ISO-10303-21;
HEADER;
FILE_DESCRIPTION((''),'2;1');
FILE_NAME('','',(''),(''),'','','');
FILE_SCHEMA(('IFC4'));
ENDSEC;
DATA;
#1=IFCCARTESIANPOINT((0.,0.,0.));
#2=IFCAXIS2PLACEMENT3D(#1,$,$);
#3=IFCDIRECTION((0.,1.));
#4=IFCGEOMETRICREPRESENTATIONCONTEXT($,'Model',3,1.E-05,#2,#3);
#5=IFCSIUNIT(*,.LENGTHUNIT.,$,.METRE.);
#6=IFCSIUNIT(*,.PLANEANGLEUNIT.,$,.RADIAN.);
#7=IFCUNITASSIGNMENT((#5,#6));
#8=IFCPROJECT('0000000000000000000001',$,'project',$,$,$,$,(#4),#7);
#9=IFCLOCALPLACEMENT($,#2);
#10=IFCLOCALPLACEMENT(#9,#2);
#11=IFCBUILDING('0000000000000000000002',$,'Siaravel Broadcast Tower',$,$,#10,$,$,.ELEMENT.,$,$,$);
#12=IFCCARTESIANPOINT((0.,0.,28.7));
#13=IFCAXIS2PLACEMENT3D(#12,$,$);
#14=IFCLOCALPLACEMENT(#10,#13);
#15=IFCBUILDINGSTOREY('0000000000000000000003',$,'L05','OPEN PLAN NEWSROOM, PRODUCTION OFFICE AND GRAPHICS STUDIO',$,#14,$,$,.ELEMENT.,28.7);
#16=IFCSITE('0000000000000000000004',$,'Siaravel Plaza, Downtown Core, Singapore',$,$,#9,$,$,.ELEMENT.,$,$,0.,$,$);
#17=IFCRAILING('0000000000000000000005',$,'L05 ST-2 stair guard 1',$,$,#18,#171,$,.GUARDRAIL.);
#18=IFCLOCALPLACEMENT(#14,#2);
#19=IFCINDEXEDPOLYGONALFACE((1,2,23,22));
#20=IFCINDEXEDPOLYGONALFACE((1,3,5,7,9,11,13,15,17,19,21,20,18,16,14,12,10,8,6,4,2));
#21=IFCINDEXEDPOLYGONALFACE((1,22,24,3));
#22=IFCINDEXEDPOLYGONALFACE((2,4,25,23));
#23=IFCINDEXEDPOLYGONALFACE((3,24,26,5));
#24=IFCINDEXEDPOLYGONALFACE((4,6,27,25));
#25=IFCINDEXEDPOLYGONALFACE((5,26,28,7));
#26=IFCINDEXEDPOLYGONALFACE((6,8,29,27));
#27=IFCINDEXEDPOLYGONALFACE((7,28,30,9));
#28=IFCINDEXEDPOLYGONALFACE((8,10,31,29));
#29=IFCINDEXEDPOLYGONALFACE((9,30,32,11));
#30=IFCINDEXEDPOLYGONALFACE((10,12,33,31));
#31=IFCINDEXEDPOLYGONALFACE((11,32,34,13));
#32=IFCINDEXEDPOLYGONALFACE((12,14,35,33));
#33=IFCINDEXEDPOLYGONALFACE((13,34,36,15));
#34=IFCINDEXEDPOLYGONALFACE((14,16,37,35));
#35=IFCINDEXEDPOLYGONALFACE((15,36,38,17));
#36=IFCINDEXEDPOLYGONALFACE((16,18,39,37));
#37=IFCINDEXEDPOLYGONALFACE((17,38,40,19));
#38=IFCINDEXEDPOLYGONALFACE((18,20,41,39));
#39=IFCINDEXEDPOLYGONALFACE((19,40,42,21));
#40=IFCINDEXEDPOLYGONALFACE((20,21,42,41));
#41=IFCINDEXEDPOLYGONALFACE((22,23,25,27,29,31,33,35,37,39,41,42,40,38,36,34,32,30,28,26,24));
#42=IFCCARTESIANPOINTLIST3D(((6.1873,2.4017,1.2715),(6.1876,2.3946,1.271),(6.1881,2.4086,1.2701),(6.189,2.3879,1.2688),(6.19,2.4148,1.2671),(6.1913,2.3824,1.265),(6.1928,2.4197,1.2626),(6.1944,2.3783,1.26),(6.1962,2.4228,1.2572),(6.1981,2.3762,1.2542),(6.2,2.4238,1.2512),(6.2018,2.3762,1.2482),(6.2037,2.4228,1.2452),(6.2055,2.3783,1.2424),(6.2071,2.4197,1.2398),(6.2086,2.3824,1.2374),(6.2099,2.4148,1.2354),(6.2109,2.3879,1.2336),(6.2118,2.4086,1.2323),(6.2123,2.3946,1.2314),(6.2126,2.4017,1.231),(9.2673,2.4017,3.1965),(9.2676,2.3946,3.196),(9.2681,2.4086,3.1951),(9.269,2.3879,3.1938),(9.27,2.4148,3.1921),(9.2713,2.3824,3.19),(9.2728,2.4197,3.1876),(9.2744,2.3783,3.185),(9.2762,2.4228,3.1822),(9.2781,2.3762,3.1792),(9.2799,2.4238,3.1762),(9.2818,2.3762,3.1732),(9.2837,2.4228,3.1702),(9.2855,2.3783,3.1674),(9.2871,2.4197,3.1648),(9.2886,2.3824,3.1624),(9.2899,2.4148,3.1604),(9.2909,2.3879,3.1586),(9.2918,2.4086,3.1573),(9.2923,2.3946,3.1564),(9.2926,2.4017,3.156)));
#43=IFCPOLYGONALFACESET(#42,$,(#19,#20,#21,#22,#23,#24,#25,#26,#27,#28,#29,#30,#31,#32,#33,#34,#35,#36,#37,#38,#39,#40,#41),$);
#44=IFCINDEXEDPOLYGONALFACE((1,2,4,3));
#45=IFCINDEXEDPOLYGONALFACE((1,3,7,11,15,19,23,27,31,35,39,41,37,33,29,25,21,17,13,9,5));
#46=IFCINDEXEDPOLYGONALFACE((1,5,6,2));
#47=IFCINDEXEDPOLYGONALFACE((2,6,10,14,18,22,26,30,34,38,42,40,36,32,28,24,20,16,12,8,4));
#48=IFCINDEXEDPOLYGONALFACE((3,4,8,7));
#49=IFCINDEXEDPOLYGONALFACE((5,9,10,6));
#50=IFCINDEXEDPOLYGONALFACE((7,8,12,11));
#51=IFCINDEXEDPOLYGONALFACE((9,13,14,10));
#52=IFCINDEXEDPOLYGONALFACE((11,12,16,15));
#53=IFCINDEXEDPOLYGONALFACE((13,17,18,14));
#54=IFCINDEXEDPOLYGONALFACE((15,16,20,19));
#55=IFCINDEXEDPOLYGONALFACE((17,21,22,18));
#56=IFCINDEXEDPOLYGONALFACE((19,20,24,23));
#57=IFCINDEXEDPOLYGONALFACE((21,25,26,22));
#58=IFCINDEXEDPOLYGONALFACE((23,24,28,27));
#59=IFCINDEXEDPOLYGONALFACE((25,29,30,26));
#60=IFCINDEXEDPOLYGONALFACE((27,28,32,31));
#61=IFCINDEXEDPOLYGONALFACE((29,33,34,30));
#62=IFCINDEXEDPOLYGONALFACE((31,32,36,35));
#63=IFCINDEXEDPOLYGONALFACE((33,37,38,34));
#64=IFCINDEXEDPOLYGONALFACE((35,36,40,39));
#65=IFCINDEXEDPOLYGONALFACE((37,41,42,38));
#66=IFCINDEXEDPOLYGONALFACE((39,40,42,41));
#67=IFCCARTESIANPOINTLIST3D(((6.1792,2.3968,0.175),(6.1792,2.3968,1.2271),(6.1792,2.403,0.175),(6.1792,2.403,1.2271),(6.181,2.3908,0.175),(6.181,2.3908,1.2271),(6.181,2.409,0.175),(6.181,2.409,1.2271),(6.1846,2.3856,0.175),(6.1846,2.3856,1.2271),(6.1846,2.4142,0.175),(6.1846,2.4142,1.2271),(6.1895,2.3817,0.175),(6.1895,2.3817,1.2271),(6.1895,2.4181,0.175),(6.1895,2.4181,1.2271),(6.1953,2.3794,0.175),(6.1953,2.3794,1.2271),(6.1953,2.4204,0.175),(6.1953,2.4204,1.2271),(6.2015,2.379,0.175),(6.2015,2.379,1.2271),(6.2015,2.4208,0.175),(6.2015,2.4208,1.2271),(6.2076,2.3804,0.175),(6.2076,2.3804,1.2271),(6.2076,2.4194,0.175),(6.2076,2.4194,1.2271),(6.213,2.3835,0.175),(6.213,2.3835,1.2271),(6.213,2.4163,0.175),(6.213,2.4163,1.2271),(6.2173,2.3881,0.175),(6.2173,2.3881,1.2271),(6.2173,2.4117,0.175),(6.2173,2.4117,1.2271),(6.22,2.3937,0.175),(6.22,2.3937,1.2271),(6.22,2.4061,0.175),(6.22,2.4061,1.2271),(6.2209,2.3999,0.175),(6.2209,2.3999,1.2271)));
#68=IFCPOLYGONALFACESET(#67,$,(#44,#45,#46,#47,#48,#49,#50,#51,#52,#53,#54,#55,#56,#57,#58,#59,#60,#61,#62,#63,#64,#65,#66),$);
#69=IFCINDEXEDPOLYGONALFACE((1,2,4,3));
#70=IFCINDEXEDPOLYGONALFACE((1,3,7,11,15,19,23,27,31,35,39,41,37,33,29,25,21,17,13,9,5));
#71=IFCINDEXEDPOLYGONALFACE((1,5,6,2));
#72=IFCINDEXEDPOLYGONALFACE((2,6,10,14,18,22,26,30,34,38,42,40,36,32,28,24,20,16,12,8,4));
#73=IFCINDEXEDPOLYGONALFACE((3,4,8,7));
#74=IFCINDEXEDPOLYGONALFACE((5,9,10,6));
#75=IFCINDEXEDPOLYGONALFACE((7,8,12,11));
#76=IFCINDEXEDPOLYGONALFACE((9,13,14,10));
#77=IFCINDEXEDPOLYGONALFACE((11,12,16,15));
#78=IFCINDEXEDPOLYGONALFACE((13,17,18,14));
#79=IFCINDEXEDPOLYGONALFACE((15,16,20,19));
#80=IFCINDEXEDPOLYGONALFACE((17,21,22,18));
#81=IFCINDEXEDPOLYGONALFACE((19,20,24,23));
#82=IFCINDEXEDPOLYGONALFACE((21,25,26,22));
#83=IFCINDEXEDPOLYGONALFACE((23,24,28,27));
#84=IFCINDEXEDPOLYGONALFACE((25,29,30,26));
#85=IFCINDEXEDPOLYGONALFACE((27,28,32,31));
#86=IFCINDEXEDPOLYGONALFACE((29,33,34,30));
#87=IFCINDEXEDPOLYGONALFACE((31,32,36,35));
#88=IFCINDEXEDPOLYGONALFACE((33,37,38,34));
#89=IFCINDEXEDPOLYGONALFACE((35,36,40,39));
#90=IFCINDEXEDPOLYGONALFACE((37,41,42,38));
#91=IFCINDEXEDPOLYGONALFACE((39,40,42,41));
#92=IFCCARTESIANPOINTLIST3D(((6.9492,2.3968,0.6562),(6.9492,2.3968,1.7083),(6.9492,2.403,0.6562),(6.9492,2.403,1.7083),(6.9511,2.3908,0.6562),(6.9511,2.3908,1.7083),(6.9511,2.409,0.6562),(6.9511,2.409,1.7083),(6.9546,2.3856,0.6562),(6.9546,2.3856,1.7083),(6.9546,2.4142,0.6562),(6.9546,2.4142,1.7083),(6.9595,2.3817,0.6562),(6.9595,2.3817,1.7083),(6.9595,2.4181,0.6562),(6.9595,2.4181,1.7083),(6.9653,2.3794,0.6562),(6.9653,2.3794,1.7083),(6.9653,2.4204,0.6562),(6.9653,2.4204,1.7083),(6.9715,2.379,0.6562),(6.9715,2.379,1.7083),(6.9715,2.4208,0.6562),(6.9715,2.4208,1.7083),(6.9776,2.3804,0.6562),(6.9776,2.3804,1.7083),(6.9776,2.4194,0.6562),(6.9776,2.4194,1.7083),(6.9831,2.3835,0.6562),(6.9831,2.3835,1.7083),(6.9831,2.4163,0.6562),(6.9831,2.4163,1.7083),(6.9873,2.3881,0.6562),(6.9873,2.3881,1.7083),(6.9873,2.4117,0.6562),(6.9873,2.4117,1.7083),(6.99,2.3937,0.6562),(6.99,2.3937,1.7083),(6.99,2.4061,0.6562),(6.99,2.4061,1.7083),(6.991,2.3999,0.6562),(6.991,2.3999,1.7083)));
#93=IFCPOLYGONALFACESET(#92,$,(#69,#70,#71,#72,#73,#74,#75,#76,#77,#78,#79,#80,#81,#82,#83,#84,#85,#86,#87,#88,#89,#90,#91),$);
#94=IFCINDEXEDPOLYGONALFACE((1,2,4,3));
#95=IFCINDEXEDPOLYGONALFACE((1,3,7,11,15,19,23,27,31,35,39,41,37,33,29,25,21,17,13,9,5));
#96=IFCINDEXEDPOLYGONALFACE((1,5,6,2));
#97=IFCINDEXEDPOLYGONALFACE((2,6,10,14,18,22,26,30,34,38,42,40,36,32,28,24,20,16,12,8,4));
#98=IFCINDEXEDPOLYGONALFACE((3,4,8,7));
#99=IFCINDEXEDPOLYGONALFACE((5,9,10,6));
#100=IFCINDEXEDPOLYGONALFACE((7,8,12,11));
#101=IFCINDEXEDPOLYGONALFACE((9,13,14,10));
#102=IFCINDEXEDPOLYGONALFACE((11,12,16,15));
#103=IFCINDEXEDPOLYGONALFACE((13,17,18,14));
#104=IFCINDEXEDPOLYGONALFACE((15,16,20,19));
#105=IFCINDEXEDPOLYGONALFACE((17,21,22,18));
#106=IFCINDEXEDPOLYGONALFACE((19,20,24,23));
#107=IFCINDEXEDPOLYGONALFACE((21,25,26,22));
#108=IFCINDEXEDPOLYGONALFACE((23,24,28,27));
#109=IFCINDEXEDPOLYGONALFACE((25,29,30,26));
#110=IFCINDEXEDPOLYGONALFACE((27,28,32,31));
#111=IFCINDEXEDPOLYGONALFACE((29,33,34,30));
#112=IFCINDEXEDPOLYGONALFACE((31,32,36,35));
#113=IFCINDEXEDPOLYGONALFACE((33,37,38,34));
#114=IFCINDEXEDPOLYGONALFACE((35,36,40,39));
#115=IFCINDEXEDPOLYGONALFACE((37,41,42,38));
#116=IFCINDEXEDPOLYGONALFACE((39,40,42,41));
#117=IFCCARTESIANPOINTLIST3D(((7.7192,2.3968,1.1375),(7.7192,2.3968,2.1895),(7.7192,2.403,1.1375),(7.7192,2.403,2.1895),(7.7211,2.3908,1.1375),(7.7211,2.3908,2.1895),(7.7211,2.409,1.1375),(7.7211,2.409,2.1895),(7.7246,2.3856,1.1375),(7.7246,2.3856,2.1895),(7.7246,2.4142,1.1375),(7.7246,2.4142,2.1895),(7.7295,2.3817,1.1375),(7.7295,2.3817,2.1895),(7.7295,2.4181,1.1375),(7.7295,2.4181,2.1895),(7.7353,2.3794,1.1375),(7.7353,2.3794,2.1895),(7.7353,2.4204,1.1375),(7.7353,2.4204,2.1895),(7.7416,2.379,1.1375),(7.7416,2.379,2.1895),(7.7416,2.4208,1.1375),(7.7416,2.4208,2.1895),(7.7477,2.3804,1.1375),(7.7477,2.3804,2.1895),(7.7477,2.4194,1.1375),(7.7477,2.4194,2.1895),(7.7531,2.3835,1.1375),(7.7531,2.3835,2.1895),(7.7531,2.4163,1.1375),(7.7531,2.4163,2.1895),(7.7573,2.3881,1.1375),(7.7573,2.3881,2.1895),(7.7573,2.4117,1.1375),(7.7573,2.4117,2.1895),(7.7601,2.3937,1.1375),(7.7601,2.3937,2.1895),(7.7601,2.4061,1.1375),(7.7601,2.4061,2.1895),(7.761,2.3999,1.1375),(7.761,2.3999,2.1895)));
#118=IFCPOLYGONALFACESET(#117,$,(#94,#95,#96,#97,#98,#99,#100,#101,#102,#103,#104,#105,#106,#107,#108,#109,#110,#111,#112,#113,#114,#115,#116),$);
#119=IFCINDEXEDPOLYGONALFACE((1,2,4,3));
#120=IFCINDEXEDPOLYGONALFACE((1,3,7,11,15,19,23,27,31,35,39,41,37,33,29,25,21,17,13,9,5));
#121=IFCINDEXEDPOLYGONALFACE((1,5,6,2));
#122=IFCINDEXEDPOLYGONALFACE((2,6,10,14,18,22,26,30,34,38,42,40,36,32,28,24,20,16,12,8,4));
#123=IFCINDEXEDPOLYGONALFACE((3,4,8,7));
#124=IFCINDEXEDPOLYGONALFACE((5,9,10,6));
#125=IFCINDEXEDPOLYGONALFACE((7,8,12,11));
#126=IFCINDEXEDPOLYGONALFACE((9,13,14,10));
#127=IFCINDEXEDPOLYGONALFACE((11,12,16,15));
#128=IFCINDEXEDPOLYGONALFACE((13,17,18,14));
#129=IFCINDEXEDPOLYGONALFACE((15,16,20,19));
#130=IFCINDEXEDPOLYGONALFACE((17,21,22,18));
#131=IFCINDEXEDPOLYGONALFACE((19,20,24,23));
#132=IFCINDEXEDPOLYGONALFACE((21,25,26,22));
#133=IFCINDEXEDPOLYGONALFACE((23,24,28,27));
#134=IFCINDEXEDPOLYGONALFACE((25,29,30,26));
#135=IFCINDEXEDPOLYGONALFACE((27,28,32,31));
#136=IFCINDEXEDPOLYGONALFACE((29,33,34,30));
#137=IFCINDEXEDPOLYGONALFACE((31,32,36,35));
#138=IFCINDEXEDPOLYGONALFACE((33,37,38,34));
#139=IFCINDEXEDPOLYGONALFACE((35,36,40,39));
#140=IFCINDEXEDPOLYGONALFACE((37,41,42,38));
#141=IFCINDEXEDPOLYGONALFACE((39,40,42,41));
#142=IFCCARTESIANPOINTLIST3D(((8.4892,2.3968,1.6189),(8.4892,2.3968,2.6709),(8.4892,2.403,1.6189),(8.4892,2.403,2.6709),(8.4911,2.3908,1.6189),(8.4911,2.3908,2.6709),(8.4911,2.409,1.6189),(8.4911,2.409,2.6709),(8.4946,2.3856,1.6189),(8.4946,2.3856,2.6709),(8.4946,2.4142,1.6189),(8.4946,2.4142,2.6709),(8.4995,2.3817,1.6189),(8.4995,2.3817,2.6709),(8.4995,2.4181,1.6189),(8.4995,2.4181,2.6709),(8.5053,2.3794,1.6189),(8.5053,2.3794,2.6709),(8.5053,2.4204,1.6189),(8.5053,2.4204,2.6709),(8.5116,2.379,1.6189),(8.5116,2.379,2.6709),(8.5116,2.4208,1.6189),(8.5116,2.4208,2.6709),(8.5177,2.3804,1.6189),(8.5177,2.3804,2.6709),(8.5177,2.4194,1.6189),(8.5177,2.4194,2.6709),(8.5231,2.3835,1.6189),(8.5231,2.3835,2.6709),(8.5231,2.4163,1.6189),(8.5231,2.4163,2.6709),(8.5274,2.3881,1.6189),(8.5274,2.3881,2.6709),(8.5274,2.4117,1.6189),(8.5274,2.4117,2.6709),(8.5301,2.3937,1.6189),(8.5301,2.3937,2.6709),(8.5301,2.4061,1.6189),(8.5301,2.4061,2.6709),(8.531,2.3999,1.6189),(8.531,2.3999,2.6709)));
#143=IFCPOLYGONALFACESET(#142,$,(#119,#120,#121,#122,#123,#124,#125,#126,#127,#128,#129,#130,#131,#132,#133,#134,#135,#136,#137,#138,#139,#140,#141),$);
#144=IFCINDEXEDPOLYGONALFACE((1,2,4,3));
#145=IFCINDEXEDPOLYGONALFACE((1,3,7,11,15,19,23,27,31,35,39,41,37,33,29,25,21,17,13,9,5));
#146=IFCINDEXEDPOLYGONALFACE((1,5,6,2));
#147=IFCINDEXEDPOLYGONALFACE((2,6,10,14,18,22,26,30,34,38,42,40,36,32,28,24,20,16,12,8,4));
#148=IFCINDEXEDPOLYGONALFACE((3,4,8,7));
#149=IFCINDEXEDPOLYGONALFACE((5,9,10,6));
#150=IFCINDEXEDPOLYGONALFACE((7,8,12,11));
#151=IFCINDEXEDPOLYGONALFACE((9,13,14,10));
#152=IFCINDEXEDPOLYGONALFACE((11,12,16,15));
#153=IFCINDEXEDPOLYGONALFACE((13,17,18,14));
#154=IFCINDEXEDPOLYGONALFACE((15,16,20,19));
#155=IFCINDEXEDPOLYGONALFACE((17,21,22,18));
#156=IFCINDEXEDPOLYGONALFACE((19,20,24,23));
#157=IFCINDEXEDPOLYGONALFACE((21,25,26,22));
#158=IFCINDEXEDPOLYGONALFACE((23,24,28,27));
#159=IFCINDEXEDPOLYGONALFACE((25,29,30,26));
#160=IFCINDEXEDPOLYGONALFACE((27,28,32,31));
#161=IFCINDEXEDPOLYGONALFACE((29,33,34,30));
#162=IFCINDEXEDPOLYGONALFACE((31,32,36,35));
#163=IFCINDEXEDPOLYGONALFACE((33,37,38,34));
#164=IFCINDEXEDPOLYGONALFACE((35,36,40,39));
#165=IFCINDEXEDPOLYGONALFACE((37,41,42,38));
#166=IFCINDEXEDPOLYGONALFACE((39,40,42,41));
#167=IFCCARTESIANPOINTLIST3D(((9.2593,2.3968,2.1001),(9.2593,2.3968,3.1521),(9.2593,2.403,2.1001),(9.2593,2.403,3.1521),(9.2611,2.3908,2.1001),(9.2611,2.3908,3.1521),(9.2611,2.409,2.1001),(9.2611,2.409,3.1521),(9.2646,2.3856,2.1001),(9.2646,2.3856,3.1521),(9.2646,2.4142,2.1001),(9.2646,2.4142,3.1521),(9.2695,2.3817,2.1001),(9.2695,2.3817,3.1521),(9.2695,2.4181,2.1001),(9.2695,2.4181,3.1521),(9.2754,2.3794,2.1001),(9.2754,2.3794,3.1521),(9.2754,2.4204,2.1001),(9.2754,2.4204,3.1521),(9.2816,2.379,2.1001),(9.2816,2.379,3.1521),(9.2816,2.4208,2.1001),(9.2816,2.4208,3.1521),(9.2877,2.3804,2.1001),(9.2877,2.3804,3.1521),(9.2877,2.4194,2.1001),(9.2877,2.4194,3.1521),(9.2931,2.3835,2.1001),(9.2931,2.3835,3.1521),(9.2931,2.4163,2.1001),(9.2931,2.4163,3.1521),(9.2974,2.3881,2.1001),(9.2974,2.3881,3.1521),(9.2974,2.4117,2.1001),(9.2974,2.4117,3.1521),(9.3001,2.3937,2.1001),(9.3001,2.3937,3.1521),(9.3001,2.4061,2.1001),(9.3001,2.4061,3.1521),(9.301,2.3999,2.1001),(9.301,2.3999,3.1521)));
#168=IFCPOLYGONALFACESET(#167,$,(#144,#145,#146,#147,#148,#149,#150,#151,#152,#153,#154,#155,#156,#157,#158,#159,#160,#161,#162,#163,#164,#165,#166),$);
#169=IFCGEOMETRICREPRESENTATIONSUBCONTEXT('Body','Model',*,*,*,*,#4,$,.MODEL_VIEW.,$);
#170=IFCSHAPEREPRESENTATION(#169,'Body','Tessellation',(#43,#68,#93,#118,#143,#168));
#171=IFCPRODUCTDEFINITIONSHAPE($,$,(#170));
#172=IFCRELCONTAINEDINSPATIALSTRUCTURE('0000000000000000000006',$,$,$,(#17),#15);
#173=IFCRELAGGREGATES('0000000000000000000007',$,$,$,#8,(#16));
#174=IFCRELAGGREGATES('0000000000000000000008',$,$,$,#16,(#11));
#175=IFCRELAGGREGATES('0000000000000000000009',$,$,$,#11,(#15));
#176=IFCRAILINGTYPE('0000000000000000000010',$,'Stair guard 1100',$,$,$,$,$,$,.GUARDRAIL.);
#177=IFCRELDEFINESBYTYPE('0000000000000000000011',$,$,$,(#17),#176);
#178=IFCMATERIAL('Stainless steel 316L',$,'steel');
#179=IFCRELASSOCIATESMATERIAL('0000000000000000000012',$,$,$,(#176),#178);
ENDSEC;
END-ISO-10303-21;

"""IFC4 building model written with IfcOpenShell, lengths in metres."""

from ifc_helpers import new_model, si_unit, direction, frame, origin, origin_2d, place, context, subcontext, project, spatial, circle, extrude, material, type_object, element, save


model = new_model("IFC4")

# Units and contexts
model_context = context("Model", 3, precision=1e-05, world=origin(), true_north=direction((0.0, 1.0)))
body_context = subcontext(model_context, "Body", "Model", "MODEL_VIEW")
ifc_project = project(units=[si_unit("LENGTHUNIT", "METRE"), si_unit("PLANEANGLEUNIT", "RADIAN")], contexts=[model_context])

# Site, building, storey
site_placement = place(None, origin())
site = spatial("IfcSite", under=ifc_project, at=site_placement, Name="Siaravel Plaza, Downtown Core, Singapore", CompositionType="ELEMENT", RefElevation=0.0)
building_placement = place(site_placement, origin())
building = spatial("IfcBuilding", under=site, at=building_placement, Name="Siaravel Broadcast Tower", CompositionType="ELEMENT")
storey_placement = place(building_placement, frame((0.0, 0.0, 28.7)))
storey = spatial("IfcBuildingStorey", under=building, at=storey_placement, Name="L05", Description="OPEN PLAN NEWSROOM, PRODUCTION OFFICE AND GRAPHICS STUDIO", CompositionType="ELEMENT", Elevation=28.7)

# Railing
ifc_material_1 = material(Name="Stainless steel 316L", Category="steel")
railing_type_1 = type_object("IfcRailingType", Name="Stair guard 1100", PredefinedType="GUARDRAIL", material=ifc_material_1)
railing_1_placement = place(storey_placement, frame((6.2, 2.3999, 0.175)))
element("IfcRailing", 1, at=railing_1_placement, inside=storey, type_object=railing_type_1, Name="L05 ST-2 stair guard 1", PredefinedType="GUARDRAIL", context=body_context, shape_type="SweptSolid", body=[
    extrude(circle(Radius=0.0239, at=origin_2d()), frame((0.0, 0.0, 1.0762), z_axis=(0.847998, 0.0, 0.529999), x_axis=(0.0, 1.0, 0.0)), (0.0, 0.0, 1.0), 3.6321),
    extrude(circle(Radius=0.021, at=origin_2d()), origin(), (0.0, 0.0, 1.0), 1.052),
    extrude(circle(Radius=0.021, at=origin_2d()), frame((0.77, 0.0, 0.4812)), (0.0, 0.0, 1.0), 1.052),
    extrude(circle(Radius=0.021, at=origin_2d()), frame((1.54, 0.0, 0.9624)), (0.0, 0.0, 1.0), 1.052),
    extrude(circle(Radius=0.021, at=origin_2d()), frame((2.3101, 0.0, 1.4438)), (0.0, 0.0, 1.0), 1.052),
    extrude(circle(Radius=0.021, at=origin_2d()), frame((3.0801, 0.0, 1.925)), (0.0, 0.0, 1.0), 1.052),
])

save(model, "model.ifc")
